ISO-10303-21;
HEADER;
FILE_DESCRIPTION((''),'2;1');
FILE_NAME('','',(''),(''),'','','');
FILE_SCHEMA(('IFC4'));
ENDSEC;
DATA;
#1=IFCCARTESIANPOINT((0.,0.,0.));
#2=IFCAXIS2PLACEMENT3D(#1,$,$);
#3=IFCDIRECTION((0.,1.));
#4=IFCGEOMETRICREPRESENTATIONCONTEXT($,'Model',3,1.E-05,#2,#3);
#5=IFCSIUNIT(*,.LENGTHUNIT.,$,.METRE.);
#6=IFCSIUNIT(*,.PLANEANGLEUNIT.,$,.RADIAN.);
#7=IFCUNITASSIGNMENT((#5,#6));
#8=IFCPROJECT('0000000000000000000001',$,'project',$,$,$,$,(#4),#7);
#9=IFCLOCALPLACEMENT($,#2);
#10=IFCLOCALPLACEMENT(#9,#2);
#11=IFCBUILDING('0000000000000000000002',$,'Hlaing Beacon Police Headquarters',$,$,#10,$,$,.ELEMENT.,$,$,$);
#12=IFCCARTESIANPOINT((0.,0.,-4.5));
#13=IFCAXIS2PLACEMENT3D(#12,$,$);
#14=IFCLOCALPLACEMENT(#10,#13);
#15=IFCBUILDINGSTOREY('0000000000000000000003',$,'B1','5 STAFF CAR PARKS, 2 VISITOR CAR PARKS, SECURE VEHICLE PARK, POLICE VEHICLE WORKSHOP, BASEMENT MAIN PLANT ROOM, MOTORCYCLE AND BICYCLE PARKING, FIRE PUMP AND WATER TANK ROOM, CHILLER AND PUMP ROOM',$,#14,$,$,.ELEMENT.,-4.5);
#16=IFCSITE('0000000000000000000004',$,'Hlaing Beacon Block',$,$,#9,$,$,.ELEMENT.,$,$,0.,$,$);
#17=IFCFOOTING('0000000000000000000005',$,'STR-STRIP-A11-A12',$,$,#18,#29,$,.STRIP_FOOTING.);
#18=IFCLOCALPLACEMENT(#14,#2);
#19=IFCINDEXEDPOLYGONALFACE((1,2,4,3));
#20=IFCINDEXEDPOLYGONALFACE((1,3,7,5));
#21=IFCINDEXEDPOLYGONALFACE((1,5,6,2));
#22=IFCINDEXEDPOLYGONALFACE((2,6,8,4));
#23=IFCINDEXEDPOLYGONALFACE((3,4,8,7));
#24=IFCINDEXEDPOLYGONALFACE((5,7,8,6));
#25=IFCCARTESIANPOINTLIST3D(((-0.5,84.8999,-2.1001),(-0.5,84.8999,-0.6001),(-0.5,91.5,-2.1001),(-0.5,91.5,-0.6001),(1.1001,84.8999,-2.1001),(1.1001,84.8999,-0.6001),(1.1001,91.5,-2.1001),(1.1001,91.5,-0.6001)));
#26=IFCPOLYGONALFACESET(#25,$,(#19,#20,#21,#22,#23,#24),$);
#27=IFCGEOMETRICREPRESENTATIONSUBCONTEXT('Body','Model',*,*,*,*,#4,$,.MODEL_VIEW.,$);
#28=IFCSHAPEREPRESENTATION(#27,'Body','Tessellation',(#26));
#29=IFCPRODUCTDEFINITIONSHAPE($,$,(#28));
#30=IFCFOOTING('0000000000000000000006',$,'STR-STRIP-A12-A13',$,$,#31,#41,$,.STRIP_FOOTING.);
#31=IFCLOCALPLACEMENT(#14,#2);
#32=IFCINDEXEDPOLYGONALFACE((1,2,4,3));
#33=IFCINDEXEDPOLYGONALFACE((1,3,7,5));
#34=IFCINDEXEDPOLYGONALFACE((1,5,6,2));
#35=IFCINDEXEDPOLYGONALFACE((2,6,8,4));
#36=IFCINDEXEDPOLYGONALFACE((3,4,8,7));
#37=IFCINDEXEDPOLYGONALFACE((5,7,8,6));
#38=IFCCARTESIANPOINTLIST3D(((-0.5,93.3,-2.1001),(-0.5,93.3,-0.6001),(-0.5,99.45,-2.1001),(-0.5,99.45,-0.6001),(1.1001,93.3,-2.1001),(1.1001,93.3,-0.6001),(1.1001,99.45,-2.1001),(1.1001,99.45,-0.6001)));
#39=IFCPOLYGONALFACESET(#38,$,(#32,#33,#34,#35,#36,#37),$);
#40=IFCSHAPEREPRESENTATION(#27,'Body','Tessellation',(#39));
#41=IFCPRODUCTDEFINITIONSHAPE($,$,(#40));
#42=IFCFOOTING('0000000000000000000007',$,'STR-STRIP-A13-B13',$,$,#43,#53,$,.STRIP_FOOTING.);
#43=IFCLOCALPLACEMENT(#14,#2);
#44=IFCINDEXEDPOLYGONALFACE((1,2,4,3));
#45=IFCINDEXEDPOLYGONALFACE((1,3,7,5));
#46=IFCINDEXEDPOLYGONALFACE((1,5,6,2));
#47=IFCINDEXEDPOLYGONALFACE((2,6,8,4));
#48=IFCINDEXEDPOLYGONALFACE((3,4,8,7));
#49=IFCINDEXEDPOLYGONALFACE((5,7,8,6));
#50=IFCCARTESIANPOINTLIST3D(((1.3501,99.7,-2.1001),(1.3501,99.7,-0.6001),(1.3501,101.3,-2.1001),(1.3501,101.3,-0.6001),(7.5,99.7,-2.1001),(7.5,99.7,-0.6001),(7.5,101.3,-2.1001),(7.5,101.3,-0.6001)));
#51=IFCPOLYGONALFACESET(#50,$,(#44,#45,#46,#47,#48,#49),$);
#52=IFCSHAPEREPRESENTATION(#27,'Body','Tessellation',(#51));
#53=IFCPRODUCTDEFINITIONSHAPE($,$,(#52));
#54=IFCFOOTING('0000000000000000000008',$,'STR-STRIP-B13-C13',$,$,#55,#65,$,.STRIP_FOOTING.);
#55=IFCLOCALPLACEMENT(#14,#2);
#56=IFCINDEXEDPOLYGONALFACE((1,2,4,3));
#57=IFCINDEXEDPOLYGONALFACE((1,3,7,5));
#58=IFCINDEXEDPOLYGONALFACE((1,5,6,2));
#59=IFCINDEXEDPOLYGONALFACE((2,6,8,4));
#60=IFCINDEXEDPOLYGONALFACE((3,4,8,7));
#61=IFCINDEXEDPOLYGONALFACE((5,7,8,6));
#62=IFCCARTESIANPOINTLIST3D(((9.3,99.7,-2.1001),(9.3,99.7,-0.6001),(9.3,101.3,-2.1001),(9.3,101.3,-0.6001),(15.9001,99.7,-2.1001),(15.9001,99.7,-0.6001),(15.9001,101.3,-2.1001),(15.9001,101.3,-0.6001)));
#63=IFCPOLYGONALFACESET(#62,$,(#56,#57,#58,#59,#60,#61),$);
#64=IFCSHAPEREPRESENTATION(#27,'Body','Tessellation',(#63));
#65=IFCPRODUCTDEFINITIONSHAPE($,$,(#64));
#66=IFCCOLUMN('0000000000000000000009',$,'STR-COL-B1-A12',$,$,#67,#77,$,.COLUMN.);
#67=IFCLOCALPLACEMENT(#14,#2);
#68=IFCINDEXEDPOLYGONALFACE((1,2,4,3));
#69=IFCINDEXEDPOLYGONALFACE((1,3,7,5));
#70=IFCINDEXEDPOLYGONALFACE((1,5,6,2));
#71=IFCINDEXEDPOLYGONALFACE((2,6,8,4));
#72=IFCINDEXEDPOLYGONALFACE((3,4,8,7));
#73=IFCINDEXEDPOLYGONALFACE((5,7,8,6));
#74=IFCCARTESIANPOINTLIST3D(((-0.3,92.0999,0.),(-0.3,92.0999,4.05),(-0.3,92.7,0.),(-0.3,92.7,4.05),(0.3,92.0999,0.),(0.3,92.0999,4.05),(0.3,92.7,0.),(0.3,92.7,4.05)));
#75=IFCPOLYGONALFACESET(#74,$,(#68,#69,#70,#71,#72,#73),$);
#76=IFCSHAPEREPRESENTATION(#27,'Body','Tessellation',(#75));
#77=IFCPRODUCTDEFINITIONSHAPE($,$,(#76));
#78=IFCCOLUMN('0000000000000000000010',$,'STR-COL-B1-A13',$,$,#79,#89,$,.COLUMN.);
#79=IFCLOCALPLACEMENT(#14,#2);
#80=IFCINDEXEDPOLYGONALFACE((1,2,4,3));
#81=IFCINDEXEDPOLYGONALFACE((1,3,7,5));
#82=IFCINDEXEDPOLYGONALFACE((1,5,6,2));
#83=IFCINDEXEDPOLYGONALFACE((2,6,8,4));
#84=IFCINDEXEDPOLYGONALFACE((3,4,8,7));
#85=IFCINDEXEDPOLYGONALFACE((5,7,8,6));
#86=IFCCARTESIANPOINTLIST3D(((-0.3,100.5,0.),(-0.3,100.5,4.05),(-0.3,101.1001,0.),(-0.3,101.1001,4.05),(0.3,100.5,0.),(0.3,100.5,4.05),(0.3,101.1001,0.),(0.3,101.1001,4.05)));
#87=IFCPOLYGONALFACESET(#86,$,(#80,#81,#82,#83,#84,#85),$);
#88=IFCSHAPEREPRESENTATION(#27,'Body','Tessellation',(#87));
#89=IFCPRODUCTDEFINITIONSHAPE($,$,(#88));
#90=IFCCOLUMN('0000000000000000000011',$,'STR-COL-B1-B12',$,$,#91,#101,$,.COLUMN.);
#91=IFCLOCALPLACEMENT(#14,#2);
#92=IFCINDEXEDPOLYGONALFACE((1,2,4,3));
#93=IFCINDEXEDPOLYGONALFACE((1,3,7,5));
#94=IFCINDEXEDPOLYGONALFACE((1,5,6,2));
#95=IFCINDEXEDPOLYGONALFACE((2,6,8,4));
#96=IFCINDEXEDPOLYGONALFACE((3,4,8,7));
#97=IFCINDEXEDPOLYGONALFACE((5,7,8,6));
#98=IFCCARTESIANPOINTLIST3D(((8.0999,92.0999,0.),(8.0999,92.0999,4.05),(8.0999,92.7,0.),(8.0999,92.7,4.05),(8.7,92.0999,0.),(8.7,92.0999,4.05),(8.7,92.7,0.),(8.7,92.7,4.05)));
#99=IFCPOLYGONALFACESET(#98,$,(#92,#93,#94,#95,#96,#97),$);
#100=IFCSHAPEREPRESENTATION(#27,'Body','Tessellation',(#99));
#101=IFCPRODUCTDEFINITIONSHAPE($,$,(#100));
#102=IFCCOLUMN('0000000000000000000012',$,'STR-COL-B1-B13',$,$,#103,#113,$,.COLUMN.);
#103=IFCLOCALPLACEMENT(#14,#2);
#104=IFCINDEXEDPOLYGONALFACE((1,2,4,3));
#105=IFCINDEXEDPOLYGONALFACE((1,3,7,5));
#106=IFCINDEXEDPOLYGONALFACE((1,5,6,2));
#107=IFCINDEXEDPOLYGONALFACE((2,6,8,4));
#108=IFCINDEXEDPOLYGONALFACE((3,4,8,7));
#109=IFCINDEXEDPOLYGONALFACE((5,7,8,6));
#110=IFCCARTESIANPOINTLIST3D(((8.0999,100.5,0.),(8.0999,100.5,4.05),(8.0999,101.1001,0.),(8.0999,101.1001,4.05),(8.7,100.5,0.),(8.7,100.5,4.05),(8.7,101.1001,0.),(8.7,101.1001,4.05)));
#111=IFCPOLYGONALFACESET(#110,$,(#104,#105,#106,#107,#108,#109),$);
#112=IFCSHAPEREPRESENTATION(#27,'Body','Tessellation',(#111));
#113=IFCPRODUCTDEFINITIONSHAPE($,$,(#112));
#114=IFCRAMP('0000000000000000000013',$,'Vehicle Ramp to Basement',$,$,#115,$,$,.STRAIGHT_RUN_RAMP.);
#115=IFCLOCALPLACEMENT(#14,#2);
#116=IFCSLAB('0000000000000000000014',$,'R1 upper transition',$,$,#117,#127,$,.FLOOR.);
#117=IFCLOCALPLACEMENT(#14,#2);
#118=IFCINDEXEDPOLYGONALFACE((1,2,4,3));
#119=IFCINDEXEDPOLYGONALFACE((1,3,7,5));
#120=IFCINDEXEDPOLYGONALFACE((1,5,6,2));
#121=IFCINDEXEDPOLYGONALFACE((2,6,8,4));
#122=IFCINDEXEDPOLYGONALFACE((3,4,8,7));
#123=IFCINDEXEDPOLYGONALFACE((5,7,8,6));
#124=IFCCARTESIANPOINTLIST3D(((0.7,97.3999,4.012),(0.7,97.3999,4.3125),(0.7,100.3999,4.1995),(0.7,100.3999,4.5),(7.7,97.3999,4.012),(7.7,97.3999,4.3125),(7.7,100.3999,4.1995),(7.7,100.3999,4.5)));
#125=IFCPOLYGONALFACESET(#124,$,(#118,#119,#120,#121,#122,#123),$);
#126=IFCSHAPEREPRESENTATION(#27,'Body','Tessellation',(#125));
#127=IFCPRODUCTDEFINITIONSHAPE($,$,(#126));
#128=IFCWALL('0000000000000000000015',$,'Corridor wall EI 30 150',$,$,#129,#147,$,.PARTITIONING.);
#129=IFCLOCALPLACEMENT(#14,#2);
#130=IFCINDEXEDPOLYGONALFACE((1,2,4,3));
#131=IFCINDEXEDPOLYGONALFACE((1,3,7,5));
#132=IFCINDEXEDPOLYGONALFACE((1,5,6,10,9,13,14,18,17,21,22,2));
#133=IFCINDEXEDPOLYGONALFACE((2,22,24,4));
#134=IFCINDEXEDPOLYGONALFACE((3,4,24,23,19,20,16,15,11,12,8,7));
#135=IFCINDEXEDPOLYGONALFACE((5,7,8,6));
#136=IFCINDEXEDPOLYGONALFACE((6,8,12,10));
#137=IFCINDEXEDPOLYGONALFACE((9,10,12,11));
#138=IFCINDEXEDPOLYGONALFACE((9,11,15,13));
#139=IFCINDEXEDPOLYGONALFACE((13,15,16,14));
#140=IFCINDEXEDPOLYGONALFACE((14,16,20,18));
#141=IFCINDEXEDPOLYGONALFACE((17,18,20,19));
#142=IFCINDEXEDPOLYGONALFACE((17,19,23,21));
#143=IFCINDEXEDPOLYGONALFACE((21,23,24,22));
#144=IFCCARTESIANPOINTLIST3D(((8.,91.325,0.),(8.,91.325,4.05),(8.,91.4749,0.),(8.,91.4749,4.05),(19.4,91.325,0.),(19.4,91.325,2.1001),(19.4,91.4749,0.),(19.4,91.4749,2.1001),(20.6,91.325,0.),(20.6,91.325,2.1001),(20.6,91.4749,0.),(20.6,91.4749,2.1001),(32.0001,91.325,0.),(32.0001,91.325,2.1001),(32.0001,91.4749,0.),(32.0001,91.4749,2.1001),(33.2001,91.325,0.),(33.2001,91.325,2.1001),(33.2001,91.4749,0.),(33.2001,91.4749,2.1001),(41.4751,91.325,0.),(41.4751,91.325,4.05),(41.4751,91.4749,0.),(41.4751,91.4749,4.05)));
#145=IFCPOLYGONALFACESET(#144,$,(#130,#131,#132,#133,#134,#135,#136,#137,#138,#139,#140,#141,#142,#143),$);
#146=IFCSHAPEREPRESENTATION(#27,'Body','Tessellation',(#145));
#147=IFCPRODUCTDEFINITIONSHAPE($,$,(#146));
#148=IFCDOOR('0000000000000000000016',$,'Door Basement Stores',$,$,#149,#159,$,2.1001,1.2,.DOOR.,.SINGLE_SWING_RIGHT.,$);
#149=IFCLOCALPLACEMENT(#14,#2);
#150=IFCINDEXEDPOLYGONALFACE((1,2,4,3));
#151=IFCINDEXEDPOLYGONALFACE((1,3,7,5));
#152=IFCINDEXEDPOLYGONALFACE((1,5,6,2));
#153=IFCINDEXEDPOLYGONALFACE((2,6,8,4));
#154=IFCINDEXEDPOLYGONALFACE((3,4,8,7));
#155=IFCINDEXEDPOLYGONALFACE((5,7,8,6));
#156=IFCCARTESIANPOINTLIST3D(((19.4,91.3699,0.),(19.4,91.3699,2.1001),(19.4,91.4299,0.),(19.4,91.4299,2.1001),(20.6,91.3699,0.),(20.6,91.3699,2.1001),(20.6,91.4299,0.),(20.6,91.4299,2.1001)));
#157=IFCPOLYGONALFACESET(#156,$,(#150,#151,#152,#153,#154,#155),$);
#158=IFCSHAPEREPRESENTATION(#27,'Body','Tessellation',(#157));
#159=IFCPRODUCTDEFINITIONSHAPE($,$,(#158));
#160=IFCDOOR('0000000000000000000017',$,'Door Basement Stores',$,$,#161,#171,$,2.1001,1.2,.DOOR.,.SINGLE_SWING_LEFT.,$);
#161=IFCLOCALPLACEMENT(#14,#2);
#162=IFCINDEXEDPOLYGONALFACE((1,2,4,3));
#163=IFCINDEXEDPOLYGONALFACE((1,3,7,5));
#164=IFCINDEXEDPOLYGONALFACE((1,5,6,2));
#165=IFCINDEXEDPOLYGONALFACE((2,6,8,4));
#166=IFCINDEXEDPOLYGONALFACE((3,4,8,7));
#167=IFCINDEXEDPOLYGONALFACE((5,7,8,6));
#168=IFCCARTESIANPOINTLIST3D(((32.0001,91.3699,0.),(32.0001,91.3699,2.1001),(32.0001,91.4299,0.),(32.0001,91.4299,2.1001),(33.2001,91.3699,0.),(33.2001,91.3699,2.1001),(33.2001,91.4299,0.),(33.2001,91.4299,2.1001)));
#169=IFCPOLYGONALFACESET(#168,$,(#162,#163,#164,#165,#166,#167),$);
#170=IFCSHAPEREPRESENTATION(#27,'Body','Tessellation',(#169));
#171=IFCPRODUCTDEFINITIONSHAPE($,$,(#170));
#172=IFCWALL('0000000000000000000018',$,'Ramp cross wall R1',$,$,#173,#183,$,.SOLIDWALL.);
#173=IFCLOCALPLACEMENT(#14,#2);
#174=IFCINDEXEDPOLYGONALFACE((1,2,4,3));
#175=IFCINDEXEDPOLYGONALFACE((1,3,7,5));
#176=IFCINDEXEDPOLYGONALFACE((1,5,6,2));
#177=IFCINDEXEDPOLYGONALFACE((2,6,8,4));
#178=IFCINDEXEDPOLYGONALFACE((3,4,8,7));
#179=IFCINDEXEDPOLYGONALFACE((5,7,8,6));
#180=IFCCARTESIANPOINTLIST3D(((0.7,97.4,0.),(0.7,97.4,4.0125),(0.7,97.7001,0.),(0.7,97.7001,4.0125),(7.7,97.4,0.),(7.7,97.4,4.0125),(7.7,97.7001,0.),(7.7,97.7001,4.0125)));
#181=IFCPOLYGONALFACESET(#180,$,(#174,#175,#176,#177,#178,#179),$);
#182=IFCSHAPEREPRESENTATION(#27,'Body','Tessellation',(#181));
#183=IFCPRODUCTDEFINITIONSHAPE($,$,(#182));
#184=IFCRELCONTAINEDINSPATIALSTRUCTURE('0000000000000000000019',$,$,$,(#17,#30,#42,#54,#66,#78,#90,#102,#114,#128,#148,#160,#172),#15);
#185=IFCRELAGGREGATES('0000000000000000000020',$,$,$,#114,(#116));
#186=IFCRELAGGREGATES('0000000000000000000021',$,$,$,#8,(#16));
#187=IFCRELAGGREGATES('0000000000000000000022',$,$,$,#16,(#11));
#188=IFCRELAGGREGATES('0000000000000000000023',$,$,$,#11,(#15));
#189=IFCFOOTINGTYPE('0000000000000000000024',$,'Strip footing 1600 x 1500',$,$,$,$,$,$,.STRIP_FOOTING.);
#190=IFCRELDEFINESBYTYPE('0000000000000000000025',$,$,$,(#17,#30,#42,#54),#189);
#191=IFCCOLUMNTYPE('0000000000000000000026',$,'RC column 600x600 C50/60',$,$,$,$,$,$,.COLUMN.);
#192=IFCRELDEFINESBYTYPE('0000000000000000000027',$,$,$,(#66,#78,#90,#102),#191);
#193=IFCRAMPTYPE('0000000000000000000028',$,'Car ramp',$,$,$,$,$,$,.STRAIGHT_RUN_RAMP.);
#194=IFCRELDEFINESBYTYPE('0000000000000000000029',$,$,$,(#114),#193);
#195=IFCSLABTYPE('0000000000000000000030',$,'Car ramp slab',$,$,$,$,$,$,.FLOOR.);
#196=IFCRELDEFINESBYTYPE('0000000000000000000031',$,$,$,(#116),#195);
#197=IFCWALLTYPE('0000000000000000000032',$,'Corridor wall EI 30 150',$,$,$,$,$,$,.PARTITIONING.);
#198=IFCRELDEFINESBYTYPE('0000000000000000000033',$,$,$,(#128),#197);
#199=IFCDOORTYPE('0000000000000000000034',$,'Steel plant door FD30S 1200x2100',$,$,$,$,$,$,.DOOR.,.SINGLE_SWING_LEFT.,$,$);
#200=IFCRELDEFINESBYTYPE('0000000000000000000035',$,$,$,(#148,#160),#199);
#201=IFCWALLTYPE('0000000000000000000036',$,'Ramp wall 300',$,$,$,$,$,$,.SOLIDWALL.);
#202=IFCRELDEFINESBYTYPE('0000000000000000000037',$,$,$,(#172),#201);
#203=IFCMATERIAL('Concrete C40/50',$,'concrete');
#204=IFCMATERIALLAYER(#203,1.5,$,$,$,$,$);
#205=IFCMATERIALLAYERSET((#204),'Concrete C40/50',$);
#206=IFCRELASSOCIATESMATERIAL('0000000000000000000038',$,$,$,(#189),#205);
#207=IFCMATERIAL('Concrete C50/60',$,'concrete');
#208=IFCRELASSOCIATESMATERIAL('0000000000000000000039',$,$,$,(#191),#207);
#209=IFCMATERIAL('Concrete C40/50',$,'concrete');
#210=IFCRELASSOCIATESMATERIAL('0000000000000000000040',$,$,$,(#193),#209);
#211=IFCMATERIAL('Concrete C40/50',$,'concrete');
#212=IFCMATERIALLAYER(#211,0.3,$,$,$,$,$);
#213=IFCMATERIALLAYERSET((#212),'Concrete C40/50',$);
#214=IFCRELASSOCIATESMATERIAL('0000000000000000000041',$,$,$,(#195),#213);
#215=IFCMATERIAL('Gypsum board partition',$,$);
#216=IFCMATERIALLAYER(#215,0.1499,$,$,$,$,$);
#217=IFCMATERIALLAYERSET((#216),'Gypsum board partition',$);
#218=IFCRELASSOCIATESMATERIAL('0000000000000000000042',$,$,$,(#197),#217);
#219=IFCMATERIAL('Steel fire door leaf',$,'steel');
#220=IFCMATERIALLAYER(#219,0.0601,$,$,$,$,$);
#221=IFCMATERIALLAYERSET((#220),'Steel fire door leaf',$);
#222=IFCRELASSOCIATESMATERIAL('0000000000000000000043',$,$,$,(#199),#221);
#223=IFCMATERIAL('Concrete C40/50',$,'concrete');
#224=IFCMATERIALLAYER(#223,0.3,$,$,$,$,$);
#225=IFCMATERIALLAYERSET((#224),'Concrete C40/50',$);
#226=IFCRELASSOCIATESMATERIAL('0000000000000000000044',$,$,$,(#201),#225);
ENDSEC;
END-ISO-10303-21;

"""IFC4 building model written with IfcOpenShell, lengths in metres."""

from ifc_helpers import new_model, si_unit, direction, frame, frame_2d, origin, origin_2d, place, context, subcontext, project, spatial, polyline, rectangle, outline, extrude, material, layer, layer_set, material_profile, profile_set, type_object, element, fill, aggregate, save


model = new_model("IFC4")

# Units and contexts
model_context = context("Model", 3, precision=1e-05, world=origin(), true_north=direction((0.0, 1.0)))
body_context = subcontext(model_context, "Body", "Model", "MODEL_VIEW")
ifc_project = project(units=[si_unit("LENGTHUNIT", "METRE"), si_unit("PLANEANGLEUNIT", "RADIAN")], contexts=[model_context])

# Site, building, storey
site_placement = place(None, origin())
site = spatial("IfcSite", under=ifc_project, at=site_placement, Name="Hlaing Beacon Block", CompositionType="ELEMENT", RefElevation=0.0)
building_placement = place(site_placement, origin())
building = spatial("IfcBuilding", under=site, at=building_placement, Name="Hlaing Beacon Police Headquarters", CompositionType="ELEMENT")
storey_placement = place(building_placement, frame((0.0, 0.0, -4.5)))
storey = spatial("IfcBuildingStorey", under=building, at=storey_placement, Name="B1", Description="5 STAFF CAR PARKS, 2 VISITOR CAR PARKS, SECURE VEHICLE PARK, POLICE VEHICLE WORKSHOP, BASEMENT MAIN PLANT ROOM, MOTORCYCLE AND BICYCLE PARKING, FIRE PUMP AND WATER TANK ROOM, CHILLER AND PUMP ROOM", CompositionType="ELEMENT", Elevation=-4.5)

# Footings
ifc_material_1 = material(Name="Concrete C40/50", Category="concrete")
ifc_layer_1 = layer(ifc_material_1, 1.5)
ifc_layer_set_1 = layer_set([ifc_layer_1], Name="Concrete C40/50")
footing_type_1 = type_object("IfcFootingType", Name="Strip footing 1600 x 1500", PredefinedType="STRIP_FOOTING", material=ifc_layer_set_1)
footing_1_placement = place(storey_placement, frame((0.3, 88.2, -2.1001), z_axis=(0.0, 0.0, 1.0), x_axis=(1.0, 0.0, 0.0)))
element("IfcFooting", 1, at=footing_1_placement, inside=storey, type_object=footing_type_1, Name="STR-STRIP-A11-A12", PredefinedType="STRIP_FOOTING", context=body_context, shape_type="SweptSolid", body=[
    extrude(rectangle(XDim=1.6001, YDim=6.6001, at=origin_2d()), origin(), (0.0, 0.0, 1.0), 1.5),
])
footing_2_placement = place(storey_placement, frame((0.3, 96.375, -2.1001), z_axis=(0.0, 0.0, 1.0), x_axis=(1.0, 0.0, 0.0)))
element("IfcFooting", 2, at=footing_2_placement, inside=storey, type_object=footing_type_1, Name="STR-STRIP-A12-A13", PredefinedType="STRIP_FOOTING", context=body_context, shape_type="SweptSolid", body=[
    extrude(rectangle(XDim=1.6001, YDim=6.1499, at=origin_2d()), origin(), (0.0, 0.0, 1.0), 1.5),
])
footing_3_placement = place(storey_placement, frame((4.425, 100.5, -2.1001), z_axis=(0.0, 0.0, 1.0), x_axis=(1.0, 0.0, 0.0)))
element("IfcFooting", 3, at=footing_3_placement, inside=storey, type_object=footing_type_1, Name="STR-STRIP-A13-B13", PredefinedType="STRIP_FOOTING", context=body_context, shape_type="SweptSolid", body=[
    extrude(rectangle(XDim=6.1499, YDim=1.6001, at=origin_2d()), origin(), (0.0, 0.0, 1.0), 1.5),
])
footing_4_placement = place(storey_placement, frame((12.6001, 100.5, -2.1001), z_axis=(0.0, 0.0, 1.0), x_axis=(1.0, 0.0, 0.0)))
element("IfcFooting", 4, at=footing_4_placement, inside=storey, type_object=footing_type_1, Name="STR-STRIP-B13-C13", PredefinedType="STRIP_FOOTING", context=body_context, shape_type="SweptSolid", body=[
    extrude(rectangle(XDim=6.6001, YDim=1.6001, at=origin_2d()), origin(), (0.0, 0.0, 1.0), 1.5),
])

# Columns
ifc_material_2 = material(Name="Concrete C50/60", Category="concrete")
ifc_material_profile_1 = material_profile(ifc_material_2, rectangle(XDim=0.6001, YDim=0.6001, at=origin_2d()), Name="600x600")
ifc_profile_set_1 = profile_set([ifc_material_profile_1], Name="Concrete C50/60")
column_type = type_object("IfcColumnType", Name="RC column 600x600 C50/60", PredefinedType="COLUMN", material=ifc_profile_set_1)
for number, where, z_axis, x_axis, name in (
    (5, (0.0, 92.3999, 0.0), (0.0, 0.0, 1.0), (1.0, 0.0, 0.0), "STR-COL-B1-A12"),
    (6, (0.0, 100.8, 0.0), (0.0, 0.0, 1.0), (1.0, 0.0, 0.0), "STR-COL-B1-A13"),
    (7, (8.3999, 92.3999, 0.0), (0.0, 0.0, 1.0), (1.0, 0.0, 0.0), "STR-COL-B1-B12"),
    (8, (8.3999, 100.8, 0.0), (0.0, 0.0, 1.0), (1.0, 0.0, 0.0), "STR-COL-B1-B13"),
):
    element("IfcColumn", number, at=place(storey_placement, frame(where, z_axis=z_axis, x_axis=x_axis)), inside=storey, type_object=column_type, Name=name, PredefinedType="COLUMN", context=body_context, shape_type="SweptSolid", body=[
        extrude(rectangle(XDim=0.6001, YDim=0.6001, at=origin_2d()), origin(), (0.0, 0.0, 1.0), 4.05),
    ])

# Ramp, slab
ifc_material_3 = material(Name="Concrete C40/50", Category="concrete")
ramp_type = type_object("IfcRampType", Name="Car ramp", PredefinedType="STRAIGHT_RUN_RAMP", material=ifc_material_3)
ramp_placement = place(storey_placement, origin())
ramp = element("IfcRamp", 9, at=ramp_placement, inside=storey, type_object=ramp_type, Name="Vehicle Ramp to Basement", PredefinedType="STRAIGHT_RUN_RAMP")
ifc_material_4 = material(Name="Concrete C40/50", Category="concrete")
ifc_layer_2 = layer(ifc_material_4, 0.3)
ifc_layer_set_2 = layer_set([ifc_layer_2], Name="Concrete C40/50")
slab_type = type_object("IfcSlabType", Name="Car ramp slab", PredefinedType="FLOOR", material=ifc_layer_set_2)
slab_placement = place(storey_placement, frame((0.7, 97.3999, 4.3125), z_axis=(0.0, -0.062378, 0.998053), x_axis=(0.0, 0.998053, 0.062378)))
slab = element("IfcSlab", 10, at=slab_placement, type_object=slab_type, Name="R1 upper transition", PredefinedType="FLOOR", context=body_context, shape_type="SweptSolid", body=[
    extrude(outline(polyline([(0.0, 0.0), (3.0059, 0.0), (3.0059, -7.0), (0.0, -7.0), (0.0, 0.0)])), origin(), (-0.062378, 0.0, -0.998053), 0.3005),
])
aggregate(ramp, [slab])

# Wall, openings, doors
ifc_material_5 = material(Name="Gypsum board partition")
ifc_layer_3 = layer(ifc_material_5, 0.1499)
ifc_layer_set_3 = layer_set([ifc_layer_3], Name="Gypsum board partition")
wall_type_1 = type_object("IfcWallType", Name="Corridor wall EI 30 150", PredefinedType="PARTITIONING", material=ifc_layer_set_3)
wall_1_placement = place(storey_placement, frame((8.0, 91.3999, 0.0), z_axis=(0.0, 0.0, 1.0), x_axis=(1.0, 0.0, 0.0)))
wall_1 = element("IfcWall", 11, at=wall_1_placement, inside=storey, type_object=wall_type_1, Name="Corridor wall EI 30 150", PredefinedType="PARTITIONING", context=body_context, shape_type="SweptSolid", body=[
    extrude(rectangle(XDim=33.4751, YDim=0.1499, at=frame_2d((16.7375, 0.0))), origin(), (0.0, 0.0, 1.0), 4.05),
])
opening_1_placement = place(wall_1_placement, frame((11.3999, 0.0, 0.0)))
opening_1 = element("IfcOpeningElement", 12, at=opening_1_placement, cuts=wall_1, PredefinedType="OPENING", context=body_context, shape_type="SweptSolid", body=[
    extrude(rectangle(XDim=1.2, YDim=2.1001, at=frame_2d((0.6001, 1.05))), frame((0.0, 0.085, 0.0), z_axis=(0.0, -1.0, 0.0), x_axis=(1.0, 0.0, 0.0)), (0.0, 0.0, 1.0), 0.1699),
])
opening_2_placement = place(wall_1_placement, frame((24.0, 0.0, 0.0)))
opening_2 = element("IfcOpeningElement", 13, at=opening_2_placement, cuts=wall_1, PredefinedType="OPENING", context=body_context, shape_type="SweptSolid", body=[
    extrude(rectangle(XDim=1.2, YDim=2.1001, at=frame_2d((0.6001, 1.05))), frame((0.0, 0.085, 0.0), z_axis=(0.0, -1.0, 0.0), x_axis=(1.0, 0.0, 0.0)), (0.0, 0.0, 1.0), 0.1699),
])
ifc_material_6 = material(Name="Steel fire door leaf", Category="steel")
ifc_layer_4 = layer(ifc_material_6, 0.0601)
ifc_layer_set_4 = layer_set([ifc_layer_4], Name="Steel fire door leaf")
door_type = type_object("IfcDoorType", Name="Steel plant door FD30S 1200x2100", OperationType="SINGLE_SWING_LEFT", PredefinedType="DOOR", material=ifc_layer_set_4)
door_1_placement = place(opening_1_placement, origin())
door_1 = element("IfcDoor", 14, at=door_1_placement, inside=storey, type_object=door_type, Name="Door Basement Stores", OperationType="SINGLE_SWING_RIGHT", OverallHeight=2.1001, OverallWidth=1.2, PredefinedType="DOOR", context=body_context, shape_type="SweptSolid", body=[
    extrude(rectangle(XDim=1.2, YDim=2.1001, at=frame_2d((0.6001, 1.05))), frame((0.0, 0.03, 0.0), z_axis=(0.0, -1.0, 0.0), x_axis=(1.0, 0.0, 0.0)), (0.0, 0.0, 1.0), 0.0601),
])
fill(opening_1, door_1)
door_2_placement = place(opening_2_placement, origin())
door_2 = element("IfcDoor", 15, at=door_2_placement, inside=storey, type_object=door_type, Name="Door Basement Stores", OperationType="SINGLE_SWING_LEFT", OverallHeight=2.1001, OverallWidth=1.2, PredefinedType="DOOR", context=body_context, shape_type="SweptSolid", body=[
    extrude(rectangle(XDim=1.2, YDim=2.1001, at=frame_2d((0.6001, 1.05))), frame((0.0, 0.03, 0.0), z_axis=(0.0, -1.0, 0.0), x_axis=(1.0, 0.0, 0.0)), (0.0, 0.0, 1.0), 0.0601),
])
fill(opening_2, door_2)

# Wall
ifc_material_7 = material(Name="Concrete C40/50", Category="concrete")
ifc_layer_5 = layer(ifc_material_7, 0.3)
ifc_layer_set_5 = layer_set([ifc_layer_5], Name="Concrete C40/50")
wall_type_2 = type_object("IfcWallType", Name="Ramp wall 300", PredefinedType="SOLIDWALL", material=ifc_layer_set_5)
wall_2_placement = place(storey_placement, frame((7.7, 97.55, 0.0), z_axis=(0.0, 0.0, 1.0), x_axis=(-1.0, 0.0, 0.0)))
element("IfcWall", 16, at=wall_2_placement, inside=storey, type_object=wall_type_2, Name="Ramp cross wall R1", PredefinedType="SOLIDWALL", context=body_context, shape_type="SweptSolid", body=[
    extrude(rectangle(XDim=7.0, YDim=0.3, at=frame_2d((3.5, 0.0))), origin(), (0.0, 0.0, 1.0), 4.0125),
])

save(model, "model.ifc")
